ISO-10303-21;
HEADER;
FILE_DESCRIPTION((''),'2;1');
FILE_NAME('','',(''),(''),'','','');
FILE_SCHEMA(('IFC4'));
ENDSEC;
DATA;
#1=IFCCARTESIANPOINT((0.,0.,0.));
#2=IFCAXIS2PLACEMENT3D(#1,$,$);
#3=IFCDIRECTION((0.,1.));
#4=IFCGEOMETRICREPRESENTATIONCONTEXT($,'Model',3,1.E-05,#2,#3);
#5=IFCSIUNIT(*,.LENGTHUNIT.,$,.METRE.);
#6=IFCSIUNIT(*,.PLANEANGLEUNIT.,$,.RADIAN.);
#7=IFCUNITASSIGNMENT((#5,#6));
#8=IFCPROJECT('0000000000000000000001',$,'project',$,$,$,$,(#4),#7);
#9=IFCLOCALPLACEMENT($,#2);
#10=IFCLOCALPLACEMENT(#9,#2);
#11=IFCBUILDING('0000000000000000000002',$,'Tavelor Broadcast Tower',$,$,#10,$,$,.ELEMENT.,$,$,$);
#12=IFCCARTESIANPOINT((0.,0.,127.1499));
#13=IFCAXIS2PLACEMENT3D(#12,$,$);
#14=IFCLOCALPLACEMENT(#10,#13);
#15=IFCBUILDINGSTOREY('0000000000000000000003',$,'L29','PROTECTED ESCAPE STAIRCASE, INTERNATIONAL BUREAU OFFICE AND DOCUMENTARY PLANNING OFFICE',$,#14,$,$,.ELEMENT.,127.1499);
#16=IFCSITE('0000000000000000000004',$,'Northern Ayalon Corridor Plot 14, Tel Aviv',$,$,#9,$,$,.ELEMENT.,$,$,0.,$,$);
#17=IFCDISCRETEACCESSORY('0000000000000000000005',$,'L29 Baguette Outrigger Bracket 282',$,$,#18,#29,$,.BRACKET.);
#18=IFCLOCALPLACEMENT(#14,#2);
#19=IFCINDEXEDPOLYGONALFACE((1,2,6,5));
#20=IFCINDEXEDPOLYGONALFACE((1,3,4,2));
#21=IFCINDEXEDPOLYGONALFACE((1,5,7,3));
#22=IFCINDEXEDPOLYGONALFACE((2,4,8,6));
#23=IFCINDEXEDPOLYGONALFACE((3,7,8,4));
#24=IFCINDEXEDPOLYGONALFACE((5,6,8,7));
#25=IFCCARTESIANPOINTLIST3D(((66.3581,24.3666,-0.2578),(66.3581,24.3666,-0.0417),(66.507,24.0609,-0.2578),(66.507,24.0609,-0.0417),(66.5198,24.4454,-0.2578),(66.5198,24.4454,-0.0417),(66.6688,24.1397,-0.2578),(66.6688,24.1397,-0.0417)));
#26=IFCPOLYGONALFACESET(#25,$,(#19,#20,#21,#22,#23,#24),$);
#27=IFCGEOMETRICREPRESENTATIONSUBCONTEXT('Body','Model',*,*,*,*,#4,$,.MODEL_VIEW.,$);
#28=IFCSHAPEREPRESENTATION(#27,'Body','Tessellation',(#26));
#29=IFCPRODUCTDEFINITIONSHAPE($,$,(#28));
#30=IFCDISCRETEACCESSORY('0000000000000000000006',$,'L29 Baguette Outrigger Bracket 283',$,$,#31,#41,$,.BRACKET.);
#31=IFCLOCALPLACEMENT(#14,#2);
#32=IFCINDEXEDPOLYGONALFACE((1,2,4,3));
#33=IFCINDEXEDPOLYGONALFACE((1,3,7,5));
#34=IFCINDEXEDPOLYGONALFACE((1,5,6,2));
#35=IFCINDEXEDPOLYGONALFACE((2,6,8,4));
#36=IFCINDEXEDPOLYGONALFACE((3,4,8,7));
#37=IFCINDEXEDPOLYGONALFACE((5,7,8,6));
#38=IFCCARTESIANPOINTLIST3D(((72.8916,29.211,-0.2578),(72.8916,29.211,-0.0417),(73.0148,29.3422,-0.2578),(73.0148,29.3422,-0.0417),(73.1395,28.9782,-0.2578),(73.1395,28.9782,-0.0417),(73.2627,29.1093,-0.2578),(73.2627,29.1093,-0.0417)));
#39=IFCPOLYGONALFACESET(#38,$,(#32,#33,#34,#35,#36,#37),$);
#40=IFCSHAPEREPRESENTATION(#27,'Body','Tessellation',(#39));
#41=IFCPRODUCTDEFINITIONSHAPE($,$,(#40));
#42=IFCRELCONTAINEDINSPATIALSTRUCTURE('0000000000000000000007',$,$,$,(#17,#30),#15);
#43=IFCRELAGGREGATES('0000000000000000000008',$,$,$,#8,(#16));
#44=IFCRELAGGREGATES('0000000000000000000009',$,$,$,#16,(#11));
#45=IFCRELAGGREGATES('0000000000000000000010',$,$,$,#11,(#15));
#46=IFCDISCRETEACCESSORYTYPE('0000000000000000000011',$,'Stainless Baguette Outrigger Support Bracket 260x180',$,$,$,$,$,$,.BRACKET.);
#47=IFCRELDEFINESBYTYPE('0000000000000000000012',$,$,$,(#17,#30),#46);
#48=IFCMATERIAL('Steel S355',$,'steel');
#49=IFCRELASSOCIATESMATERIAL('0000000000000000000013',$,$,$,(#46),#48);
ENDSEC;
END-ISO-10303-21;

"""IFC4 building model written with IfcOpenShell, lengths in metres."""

from ifc_helpers import new_model, si_unit, direction, frame, origin, origin_2d, place, context, subcontext, project, spatial, rectangle, extrude, source, transform, mapped, material, type_object, type_shapes, element, save


model = new_model("IFC4")

# Units and contexts
model_context = context("Model", 3, precision=1e-05, world=origin(), true_north=direction((0.0, 1.0)))
body_context = subcontext(model_context, "Body", "Model", "MODEL_VIEW")
ifc_project = project(units=[si_unit("LENGTHUNIT", "METRE"), si_unit("PLANEANGLEUNIT", "RADIAN")], contexts=[model_context])

# Site, building, storey
site_placement = place(None, origin())
site = spatial("IfcSite", under=ifc_project, at=site_placement, Name="Northern Ayalon Corridor Plot 14, Tel Aviv", CompositionType="ELEMENT", RefElevation=0.0)
building_placement = place(site_placement, origin())
building = spatial("IfcBuilding", under=site, at=building_placement, Name="Tavelor Broadcast Tower", CompositionType="ELEMENT")
storey_placement = place(building_placement, frame((0.0, 0.0, 127.1499)))
storey = spatial("IfcBuildingStorey", under=building, at=storey_placement, Name="L29", Description="PROTECTED ESCAPE STAIRCASE, INTERNATIONAL BUREAU OFFICE AND DOCUMENTARY PLANNING OFFICE", CompositionType="ELEMENT", Elevation=127.1499)

# Shared definitions
ifc_material_1 = material(Name="Steel S355", Category="steel")

# Discrete accessories
discrete_accessory_type = type_object("IfcDiscreteAccessoryType", Name="Stainless Baguette Outrigger Support Bracket 260x180", PredefinedType="BRACKET", material=ifc_material_1)
shared_shape_1 = source(origin(), body_context, "Body", "SweptSolid", [
    extrude(rectangle(XDim=0.1799, YDim=0.3401, at=origin_2d()), origin(), (0.0, 0.0, 1.0), 0.2161),
])
type_shapes(discrete_accessory_type, [shared_shape_1])
for number, where, z_axis, x_axis, name in (
    (1, (66.5134, 24.2532, -0.2578), (0.0, 0.0, 1.0), (0.898947, 0.438057, 0.0), "L29 Baguette Outrigger Bracket 282"),
    (2, (73.0771, 29.1602, -0.2578), (0.0, 0.0, 1.0), (0.684674, 0.728849, 0.0), "L29 Baguette Outrigger Bracket 283"),
):
    element("IfcDiscreteAccessory", number, at=place(storey_placement, frame(where, z_axis=z_axis, x_axis=x_axis)), inside=storey, type_object=discrete_accessory_type, Name=name, PredefinedType="BRACKET", context=body_context, shape_type="MappedRepresentation", body=[
        mapped(shared_shape_1, transform((0.0, 0.0, 0.0), scale=1.0)),
    ])

save(model, "model.ifc")
